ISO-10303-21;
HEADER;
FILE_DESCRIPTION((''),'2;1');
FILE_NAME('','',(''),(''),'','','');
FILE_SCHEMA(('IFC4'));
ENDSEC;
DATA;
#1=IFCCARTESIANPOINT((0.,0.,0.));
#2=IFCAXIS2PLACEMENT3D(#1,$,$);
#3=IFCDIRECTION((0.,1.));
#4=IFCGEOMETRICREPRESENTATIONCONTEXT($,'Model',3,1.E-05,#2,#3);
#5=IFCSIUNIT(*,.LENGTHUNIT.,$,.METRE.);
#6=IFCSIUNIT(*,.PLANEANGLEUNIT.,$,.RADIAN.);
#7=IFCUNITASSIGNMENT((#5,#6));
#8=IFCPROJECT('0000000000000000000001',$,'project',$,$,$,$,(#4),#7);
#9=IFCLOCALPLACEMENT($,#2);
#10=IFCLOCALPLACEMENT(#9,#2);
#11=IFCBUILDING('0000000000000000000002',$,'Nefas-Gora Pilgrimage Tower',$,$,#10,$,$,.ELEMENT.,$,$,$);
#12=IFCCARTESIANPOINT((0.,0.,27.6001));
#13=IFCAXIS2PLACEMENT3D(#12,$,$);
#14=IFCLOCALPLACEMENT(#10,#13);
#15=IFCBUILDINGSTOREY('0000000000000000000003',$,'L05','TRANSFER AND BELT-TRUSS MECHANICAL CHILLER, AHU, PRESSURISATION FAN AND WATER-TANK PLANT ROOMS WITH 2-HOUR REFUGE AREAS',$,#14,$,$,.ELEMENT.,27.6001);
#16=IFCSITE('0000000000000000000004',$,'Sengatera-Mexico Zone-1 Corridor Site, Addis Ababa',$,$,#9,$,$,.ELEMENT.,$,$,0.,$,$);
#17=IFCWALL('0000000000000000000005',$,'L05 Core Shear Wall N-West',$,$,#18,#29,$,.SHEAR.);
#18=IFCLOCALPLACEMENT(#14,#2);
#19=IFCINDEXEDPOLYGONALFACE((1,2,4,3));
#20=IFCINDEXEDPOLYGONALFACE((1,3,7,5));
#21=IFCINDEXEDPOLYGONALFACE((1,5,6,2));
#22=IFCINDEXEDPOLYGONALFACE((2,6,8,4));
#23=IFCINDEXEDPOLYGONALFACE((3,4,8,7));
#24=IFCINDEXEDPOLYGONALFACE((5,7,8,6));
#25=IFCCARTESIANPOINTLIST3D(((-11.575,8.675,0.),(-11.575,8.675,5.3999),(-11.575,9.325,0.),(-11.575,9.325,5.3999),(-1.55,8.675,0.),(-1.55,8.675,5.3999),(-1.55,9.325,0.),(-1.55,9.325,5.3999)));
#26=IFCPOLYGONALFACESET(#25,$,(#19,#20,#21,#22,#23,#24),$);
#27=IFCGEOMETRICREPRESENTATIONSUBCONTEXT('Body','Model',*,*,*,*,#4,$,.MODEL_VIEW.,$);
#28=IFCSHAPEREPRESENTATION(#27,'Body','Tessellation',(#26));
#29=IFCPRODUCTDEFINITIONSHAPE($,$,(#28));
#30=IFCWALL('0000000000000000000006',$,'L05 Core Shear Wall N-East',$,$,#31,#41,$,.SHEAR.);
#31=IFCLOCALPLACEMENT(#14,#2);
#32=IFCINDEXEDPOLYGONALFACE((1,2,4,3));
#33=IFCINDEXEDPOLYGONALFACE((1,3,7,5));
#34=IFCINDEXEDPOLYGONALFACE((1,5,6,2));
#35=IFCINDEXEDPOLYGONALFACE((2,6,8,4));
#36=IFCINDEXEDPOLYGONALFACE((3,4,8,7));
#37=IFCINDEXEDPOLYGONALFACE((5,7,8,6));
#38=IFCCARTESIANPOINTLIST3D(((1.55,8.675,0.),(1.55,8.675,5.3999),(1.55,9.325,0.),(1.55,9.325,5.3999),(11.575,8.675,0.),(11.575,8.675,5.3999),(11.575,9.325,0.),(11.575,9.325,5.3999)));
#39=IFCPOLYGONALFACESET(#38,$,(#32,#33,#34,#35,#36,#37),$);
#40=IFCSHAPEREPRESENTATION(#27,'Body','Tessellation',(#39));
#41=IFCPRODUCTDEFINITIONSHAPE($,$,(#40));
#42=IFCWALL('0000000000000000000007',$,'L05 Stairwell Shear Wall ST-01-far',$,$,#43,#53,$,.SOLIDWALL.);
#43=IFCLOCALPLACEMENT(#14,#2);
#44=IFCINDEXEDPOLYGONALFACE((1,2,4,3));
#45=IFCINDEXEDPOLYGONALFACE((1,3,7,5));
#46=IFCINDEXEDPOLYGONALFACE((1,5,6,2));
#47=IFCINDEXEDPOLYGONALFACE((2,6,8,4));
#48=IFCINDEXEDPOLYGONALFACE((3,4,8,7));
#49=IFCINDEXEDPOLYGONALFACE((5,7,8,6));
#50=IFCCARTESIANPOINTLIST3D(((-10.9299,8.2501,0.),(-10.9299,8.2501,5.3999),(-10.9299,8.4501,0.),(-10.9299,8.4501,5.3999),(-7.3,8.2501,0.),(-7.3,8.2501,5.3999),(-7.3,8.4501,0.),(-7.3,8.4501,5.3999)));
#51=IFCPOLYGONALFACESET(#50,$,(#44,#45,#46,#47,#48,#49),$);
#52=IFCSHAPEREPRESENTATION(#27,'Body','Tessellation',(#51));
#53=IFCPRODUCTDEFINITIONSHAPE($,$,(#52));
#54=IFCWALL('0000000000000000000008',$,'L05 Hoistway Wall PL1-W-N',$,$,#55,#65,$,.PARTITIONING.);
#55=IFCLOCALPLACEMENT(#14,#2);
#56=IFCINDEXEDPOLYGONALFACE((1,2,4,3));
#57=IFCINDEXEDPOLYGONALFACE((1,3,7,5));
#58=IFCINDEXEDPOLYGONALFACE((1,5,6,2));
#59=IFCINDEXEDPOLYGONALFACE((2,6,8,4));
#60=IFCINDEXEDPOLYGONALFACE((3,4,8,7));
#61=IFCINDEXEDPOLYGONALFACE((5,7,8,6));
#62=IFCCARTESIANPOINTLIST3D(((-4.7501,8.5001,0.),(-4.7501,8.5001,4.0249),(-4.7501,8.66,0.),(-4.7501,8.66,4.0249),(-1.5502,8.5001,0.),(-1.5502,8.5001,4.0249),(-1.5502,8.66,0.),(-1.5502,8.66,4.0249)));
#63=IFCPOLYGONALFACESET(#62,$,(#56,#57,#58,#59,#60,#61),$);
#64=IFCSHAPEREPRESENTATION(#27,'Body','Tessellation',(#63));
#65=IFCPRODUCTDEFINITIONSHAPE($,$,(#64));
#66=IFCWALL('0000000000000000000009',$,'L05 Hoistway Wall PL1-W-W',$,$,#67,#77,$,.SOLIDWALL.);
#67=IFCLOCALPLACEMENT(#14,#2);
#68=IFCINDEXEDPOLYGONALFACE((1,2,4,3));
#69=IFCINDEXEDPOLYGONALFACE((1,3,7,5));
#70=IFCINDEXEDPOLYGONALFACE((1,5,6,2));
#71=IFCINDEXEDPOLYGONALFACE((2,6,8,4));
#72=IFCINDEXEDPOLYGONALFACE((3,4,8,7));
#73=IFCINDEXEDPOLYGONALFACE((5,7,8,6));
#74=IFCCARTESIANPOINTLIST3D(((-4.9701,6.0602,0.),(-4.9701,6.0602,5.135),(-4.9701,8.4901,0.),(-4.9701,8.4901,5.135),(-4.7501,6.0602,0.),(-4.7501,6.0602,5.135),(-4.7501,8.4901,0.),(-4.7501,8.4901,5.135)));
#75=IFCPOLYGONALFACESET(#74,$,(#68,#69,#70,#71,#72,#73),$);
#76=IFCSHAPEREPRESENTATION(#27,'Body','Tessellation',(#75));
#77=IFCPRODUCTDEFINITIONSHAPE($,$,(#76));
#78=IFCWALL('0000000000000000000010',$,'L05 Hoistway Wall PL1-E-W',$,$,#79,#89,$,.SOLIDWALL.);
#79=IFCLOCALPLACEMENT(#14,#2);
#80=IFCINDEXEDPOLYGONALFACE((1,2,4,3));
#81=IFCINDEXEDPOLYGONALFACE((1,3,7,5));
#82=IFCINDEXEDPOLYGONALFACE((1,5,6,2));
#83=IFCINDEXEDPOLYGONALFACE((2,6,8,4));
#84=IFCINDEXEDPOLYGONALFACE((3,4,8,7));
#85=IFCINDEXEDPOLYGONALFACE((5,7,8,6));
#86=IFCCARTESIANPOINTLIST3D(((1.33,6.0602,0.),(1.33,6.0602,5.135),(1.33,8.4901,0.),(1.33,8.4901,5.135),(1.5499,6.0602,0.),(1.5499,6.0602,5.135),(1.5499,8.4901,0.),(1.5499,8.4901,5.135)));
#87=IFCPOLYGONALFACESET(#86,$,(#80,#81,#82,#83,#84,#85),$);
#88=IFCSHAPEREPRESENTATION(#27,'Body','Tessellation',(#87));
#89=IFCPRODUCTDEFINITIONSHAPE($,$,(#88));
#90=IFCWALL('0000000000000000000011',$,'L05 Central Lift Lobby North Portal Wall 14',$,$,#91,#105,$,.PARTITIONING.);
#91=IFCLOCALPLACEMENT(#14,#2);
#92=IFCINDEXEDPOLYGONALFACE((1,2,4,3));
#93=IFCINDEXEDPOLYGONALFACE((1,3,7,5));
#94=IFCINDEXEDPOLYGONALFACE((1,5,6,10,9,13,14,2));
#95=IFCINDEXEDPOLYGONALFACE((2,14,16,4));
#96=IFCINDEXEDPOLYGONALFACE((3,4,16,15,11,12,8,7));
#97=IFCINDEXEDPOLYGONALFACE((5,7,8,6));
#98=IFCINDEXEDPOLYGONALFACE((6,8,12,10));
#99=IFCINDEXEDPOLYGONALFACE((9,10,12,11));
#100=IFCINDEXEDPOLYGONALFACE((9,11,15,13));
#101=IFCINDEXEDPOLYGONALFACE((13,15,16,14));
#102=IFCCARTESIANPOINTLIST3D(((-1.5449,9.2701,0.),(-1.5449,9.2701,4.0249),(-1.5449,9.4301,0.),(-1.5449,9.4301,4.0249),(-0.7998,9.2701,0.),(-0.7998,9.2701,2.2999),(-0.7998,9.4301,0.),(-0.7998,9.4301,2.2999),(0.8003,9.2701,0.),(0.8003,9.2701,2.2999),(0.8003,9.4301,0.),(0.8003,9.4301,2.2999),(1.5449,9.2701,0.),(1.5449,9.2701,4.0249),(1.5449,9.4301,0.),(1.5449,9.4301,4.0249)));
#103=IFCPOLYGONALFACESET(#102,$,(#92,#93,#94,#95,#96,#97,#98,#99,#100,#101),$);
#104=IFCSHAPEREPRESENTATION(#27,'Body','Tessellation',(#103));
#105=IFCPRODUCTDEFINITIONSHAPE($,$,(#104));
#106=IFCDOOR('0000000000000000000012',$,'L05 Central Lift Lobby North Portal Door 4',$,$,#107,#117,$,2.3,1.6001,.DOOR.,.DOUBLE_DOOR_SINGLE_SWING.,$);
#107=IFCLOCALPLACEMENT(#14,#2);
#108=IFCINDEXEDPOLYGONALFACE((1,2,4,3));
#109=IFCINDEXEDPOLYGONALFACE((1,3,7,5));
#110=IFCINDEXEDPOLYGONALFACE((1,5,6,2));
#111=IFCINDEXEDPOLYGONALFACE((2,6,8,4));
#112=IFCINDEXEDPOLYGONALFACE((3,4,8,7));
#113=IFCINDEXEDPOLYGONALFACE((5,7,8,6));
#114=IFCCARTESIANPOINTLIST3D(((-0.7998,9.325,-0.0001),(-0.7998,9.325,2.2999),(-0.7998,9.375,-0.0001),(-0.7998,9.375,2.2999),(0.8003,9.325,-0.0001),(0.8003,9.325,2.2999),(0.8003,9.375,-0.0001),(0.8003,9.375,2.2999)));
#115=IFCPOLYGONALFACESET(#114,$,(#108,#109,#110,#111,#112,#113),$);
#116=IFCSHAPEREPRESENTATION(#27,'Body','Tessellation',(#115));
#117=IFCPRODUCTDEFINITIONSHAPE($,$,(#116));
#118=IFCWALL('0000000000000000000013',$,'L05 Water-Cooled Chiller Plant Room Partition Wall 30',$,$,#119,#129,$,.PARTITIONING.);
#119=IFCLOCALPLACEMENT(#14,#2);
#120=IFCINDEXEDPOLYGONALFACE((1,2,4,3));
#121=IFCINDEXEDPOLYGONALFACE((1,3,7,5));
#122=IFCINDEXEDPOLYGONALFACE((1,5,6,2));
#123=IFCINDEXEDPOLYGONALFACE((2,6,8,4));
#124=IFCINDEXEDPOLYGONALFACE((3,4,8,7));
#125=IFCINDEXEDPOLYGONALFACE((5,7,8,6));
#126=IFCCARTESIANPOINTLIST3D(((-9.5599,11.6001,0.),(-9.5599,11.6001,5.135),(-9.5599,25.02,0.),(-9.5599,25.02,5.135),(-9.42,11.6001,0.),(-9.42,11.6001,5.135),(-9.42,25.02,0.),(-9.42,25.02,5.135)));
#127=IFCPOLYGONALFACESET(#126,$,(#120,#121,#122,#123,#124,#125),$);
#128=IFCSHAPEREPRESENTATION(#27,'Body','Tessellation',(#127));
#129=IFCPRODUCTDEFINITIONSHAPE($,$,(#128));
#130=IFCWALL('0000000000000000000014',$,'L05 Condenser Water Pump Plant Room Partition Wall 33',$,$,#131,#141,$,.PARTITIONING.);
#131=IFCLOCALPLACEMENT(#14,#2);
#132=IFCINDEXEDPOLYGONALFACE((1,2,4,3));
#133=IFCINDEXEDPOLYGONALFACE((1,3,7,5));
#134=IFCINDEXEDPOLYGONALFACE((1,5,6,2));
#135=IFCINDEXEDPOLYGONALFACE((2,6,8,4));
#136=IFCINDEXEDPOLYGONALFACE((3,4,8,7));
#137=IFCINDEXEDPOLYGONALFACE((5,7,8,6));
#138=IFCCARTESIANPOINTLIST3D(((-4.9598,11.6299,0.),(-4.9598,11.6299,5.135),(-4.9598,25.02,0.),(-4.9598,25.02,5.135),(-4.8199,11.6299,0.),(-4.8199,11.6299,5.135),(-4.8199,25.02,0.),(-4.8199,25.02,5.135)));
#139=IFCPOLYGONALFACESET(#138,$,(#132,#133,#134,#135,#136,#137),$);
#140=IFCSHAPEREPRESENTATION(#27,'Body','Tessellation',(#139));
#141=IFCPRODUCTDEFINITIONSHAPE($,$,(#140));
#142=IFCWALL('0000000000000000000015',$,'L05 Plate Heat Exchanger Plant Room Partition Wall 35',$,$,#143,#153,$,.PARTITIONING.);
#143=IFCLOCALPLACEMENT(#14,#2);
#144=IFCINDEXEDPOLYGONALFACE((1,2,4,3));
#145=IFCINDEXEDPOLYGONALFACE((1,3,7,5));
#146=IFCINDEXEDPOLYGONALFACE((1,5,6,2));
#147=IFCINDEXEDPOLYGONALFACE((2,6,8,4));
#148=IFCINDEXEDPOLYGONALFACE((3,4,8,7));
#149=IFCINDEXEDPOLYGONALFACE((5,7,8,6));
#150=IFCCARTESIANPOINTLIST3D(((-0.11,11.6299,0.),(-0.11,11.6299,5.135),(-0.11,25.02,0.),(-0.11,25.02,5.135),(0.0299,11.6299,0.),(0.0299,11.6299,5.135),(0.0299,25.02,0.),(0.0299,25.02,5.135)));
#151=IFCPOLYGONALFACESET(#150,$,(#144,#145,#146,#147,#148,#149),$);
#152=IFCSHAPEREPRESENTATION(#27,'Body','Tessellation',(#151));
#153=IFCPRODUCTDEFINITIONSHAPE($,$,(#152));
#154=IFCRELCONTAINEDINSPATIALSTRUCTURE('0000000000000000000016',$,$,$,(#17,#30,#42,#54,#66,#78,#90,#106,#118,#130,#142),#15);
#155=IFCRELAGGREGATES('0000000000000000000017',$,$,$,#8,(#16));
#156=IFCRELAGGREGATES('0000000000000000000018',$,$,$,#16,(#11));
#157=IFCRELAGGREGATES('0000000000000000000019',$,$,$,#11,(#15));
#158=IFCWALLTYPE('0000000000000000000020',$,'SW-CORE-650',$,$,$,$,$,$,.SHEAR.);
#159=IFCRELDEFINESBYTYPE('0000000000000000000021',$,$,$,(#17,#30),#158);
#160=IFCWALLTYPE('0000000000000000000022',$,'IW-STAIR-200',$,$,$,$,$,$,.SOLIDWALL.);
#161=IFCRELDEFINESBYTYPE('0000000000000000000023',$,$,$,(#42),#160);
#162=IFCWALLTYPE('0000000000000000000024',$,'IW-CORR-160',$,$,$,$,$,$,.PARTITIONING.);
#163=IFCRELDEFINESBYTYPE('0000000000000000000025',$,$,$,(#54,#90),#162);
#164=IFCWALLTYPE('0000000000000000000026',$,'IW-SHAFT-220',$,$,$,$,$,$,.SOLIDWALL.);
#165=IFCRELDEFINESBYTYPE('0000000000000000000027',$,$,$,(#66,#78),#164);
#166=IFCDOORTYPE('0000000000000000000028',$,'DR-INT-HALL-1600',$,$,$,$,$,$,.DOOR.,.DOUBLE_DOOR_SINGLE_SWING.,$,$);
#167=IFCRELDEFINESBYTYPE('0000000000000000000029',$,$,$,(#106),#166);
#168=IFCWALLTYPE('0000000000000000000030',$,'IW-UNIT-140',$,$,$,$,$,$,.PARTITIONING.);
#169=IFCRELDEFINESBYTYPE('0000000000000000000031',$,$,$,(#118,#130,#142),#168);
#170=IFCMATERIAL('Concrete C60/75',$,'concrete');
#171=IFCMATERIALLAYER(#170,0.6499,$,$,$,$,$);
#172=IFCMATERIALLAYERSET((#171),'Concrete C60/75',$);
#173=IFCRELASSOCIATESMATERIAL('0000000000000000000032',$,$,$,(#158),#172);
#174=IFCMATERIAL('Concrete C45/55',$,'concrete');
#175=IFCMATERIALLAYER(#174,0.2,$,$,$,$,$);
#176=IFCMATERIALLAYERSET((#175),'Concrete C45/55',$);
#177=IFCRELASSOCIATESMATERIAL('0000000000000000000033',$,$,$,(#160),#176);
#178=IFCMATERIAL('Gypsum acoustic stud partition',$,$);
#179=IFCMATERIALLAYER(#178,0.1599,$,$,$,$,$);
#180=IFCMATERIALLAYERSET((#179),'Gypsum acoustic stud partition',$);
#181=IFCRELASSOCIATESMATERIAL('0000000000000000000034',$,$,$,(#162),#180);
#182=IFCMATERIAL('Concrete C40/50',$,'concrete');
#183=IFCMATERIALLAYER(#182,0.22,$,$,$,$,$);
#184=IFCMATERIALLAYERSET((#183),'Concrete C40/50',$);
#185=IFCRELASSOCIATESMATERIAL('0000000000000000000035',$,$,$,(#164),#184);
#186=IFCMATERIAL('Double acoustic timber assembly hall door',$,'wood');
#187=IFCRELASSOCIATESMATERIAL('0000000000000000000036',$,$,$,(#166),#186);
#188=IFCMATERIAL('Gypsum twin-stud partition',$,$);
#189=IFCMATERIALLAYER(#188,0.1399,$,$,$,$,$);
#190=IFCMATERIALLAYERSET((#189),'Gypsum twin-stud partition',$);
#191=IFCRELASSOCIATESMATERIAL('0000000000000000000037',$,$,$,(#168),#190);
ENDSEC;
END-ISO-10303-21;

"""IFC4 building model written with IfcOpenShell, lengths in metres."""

from ifc_helpers import new_model, si_unit, direction, frame, frame_2d, origin, place, context, subcontext, project, spatial, rectangle, extrude, source, transform, mapped, material, layer, layer_set, type_object, element, fill, save


model = new_model("IFC4")

# Units and contexts
model_context = context("Model", 3, precision=1e-05, world=origin(), true_north=direction((0.0, 1.0)))
body_context = subcontext(model_context, "Body", "Model", "MODEL_VIEW")
ifc_project = project(units=[si_unit("LENGTHUNIT", "METRE"), si_unit("PLANEANGLEUNIT", "RADIAN")], contexts=[model_context])

# Site, building, storey
site_placement = place(None, origin())
site = spatial("IfcSite", under=ifc_project, at=site_placement, Name="Sengatera-Mexico Zone-1 Corridor Site, Addis Ababa", CompositionType="ELEMENT", RefElevation=0.0)
building_placement = place(site_placement, origin())
building = spatial("IfcBuilding", under=site, at=building_placement, Name="Nefas-Gora Pilgrimage Tower", CompositionType="ELEMENT")
storey_placement = place(building_placement, frame((0.0, 0.0, 27.6001)))
storey = spatial("IfcBuildingStorey", under=building, at=storey_placement, Name="L05", Description="TRANSFER AND BELT-TRUSS MECHANICAL CHILLER, AHU, PRESSURISATION FAN AND WATER-TANK PLANT ROOMS WITH 2-HOUR REFUGE AREAS", CompositionType="ELEMENT", Elevation=27.6001)

# Shared definitions
ifc_material_1 = material(Name="Concrete C60/75", Category="concrete")

# Walls
ifc_layer_1 = layer(ifc_material_1, 0.6499)
ifc_layer_set_1 = layer_set([ifc_layer_1], Name="Concrete C60/75")
wall_type_1 = type_object("IfcWallType", Name="SW-CORE-650", PredefinedType="SHEAR", material=ifc_layer_set_1)
shared_shape_1 = source(origin(), body_context, "Body", "SweptSolid", [
    extrude(rectangle(XDim=10.0249, YDim=0.6499, at=frame_2d((5.0125, 0.0))), origin(), (0.0, 0.0, 1.0), 5.3999),
])
for number, where, z_axis, x_axis, name in (
    (1, (-11.575, 9.0, 0.0), (0.0, 0.0, 1.0), (1.0, 0.0, 0.0), "L05 Core Shear Wall N-West"),
    (2, (1.55, 9.0, 0.0), (0.0, 0.0, 1.0), (1.0, 0.0, 0.0), "L05 Core Shear Wall N-East"),
):
    element("IfcWall", number, at=place(storey_placement, frame(where, z_axis=z_axis, x_axis=x_axis)), inside=storey, type_object=wall_type_1, Name=name, PredefinedType="SHEAR", context=body_context, shape_type="MappedRepresentation", body=[
        mapped(shared_shape_1, transform((0.0, 0.0, 0.0), x_axis=(1.0, 0.0, 0.0), y_axis=(0.0, 1.0, 0.0), z_axis=(0.0, 0.0, 1.0), scale=1.0)),
    ])
ifc_material_2 = material(Name="Concrete C45/55", Category="concrete")
ifc_layer_2 = layer(ifc_material_2, 0.2)
ifc_layer_set_2 = layer_set([ifc_layer_2], Name="Concrete C45/55")
wall_type_2 = type_object("IfcWallType", Name="IW-STAIR-200", PredefinedType="SOLIDWALL", material=ifc_layer_set_2)
shared_shape_2 = source(origin(), body_context, "Body", "SweptSolid", [
    extrude(rectangle(XDim=3.6299, YDim=0.2, at=frame_2d((1.8149, 0.0))), origin(), (0.0, 0.0, 1.0), 5.3999),
])
wall_1_placement = place(storey_placement, frame((-7.3, 8.3501, 0.0), z_axis=(0.0, 0.0, 1.0), x_axis=(-1.0, 0.0, 0.0)))
element("IfcWall", 3, at=wall_1_placement, inside=storey, type_object=wall_type_2, Name="L05 Stairwell Shear Wall ST-01-far", PredefinedType="SOLIDWALL", context=body_context, shape_type="MappedRepresentation", body=[
    mapped(shared_shape_2, transform((0.0, 0.0, 0.0), x_axis=(1.0, 0.0, 0.0), y_axis=(0.0, 1.0, 0.0), z_axis=(0.0, 0.0, 1.0), scale=1.0)),
])
ifc_material_3 = material(Name="Gypsum acoustic stud partition")
ifc_layer_3 = layer(ifc_material_3, 0.1599)
ifc_layer_set_3 = layer_set([ifc_layer_3], Name="Gypsum acoustic stud partition")
wall_type_3 = type_object("IfcWallType", Name="IW-CORR-160", PredefinedType="PARTITIONING", material=ifc_layer_set_3)
shared_shape_3 = source(origin(), body_context, "Body", "SweptSolid", [
    extrude(rectangle(XDim=3.2, YDim=0.1599, at=frame_2d((1.6001, 0.0))), origin(), (0.0, 0.0, 1.0), 4.0249),
])
wall_2_placement = place(storey_placement, frame((-1.55, 8.5801, 0.0), z_axis=(0.0, 0.0, 1.0), x_axis=(-1.0, 0.0, 0.0)))
element("IfcWall", 4, at=wall_2_placement, inside=storey, type_object=wall_type_3, Name="L05 Hoistway Wall PL1-W-N", PredefinedType="PARTITIONING", context=body_context, shape_type="MappedRepresentation", body=[
    mapped(shared_shape_3, transform((0.0, 0.0, 0.0), x_axis=(1.0, 0.0, 0.0), y_axis=(0.0, 1.0, 0.0), z_axis=(0.0, 0.0, 1.0), scale=1.0)),
])
ifc_material_4 = material(Name="Concrete C40/50", Category="concrete")
ifc_layer_4 = layer(ifc_material_4, 0.22)
ifc_layer_set_4 = layer_set([ifc_layer_4], Name="Concrete C40/50")
wall_type_4 = type_object("IfcWallType", Name="IW-SHAFT-220", PredefinedType="SOLIDWALL", material=ifc_layer_set_4)
shared_shape_4 = source(origin(), body_context, "Body", "SweptSolid", [
    extrude(rectangle(XDim=2.4299, YDim=0.22, at=frame_2d((1.2148, 0.0))), origin(), (0.0, 0.0, 1.0), 5.135),
])
for number, where, z_axis, x_axis, name in (
    (5, (-4.8601, 8.49, 0.0), (0.0, 0.0, 1.0), (0.0, -1.0, 0.0), "L05 Hoistway Wall PL1-W-W"),
    (6, (1.4399, 8.49, 0.0), (0.0, 0.0, 1.0), (0.0, -1.0, 0.0), "L05 Hoistway Wall PL1-E-W"),
):
    element("IfcWall", number, at=place(storey_placement, frame(where, z_axis=z_axis, x_axis=x_axis)), inside=storey, type_object=wall_type_4, Name=name, PredefinedType="SOLIDWALL", context=body_context, shape_type="MappedRepresentation", body=[
        mapped(shared_shape_4, transform((0.0, 0.0, 0.0), x_axis=(1.0, 0.0, 0.0), y_axis=(0.0, 1.0, 0.0), z_axis=(0.0, 0.0, 1.0), scale=1.0)),
    ])

# Wall, opening, door
shared_shape_5 = source(origin(), body_context, "Body", "SweptSolid", [
    extrude(rectangle(XDim=3.0898, YDim=0.1599, at=frame_2d((1.5449, 0.0))), origin(), (0.0, 0.0, 1.0), 4.0249),
])
wall_3_placement = place(storey_placement, frame((-1.5449, 9.3501, 0.0), z_axis=(0.0, 0.0, 1.0), x_axis=(1.0, 0.0, 0.0)))
wall_3 = element("IfcWall", 7, at=wall_3_placement, inside=storey, type_object=wall_type_3, Name="L05 Central Lift Lobby North Portal Wall 14", PredefinedType="PARTITIONING", context=body_context, shape_type="MappedRepresentation", body=[
    mapped(shared_shape_5, transform((0.0, 0.0, 0.0), x_axis=(1.0, 0.0, 0.0), y_axis=(0.0, 1.0, 0.0), z_axis=(0.0, 0.0, 1.0), scale=1.0)),
])
opening_1_placement = place(wall_3_placement, frame((0.7451, 0.0, 0.0)))
opening_1 = element("IfcOpeningElement", 8, at=opening_1_placement, cuts=wall_3, PredefinedType="OPENING", context=body_context, shape_type="SweptSolid", body=[
    extrude(rectangle(XDim=1.6001, YDim=2.3, at=frame_2d((0.8, 1.1499))), frame((0.0, 0.0898, 0.0), z_axis=(0.0, -1.0, 0.0), x_axis=(1.0, 0.0, 0.0)), (0.0, 0.0, 1.0), 0.1799),
])
ifc_material_5 = material(Name="Double acoustic timber assembly hall door", Category="wood")
door_type_1 = type_object("IfcDoorType", Name="DR-INT-HALL-1600", OperationType="DOUBLE_DOOR_SINGLE_SWING", PredefinedType="DOOR", material=ifc_material_5)
shared_shape_6 = source(origin(), body_context, "Body", "SweptSolid", [
    extrude(rectangle(XDim=1.6001, YDim=2.3, at=frame_2d((0.8, 1.1499))), frame((0.0, 0.0249, 0.0), z_axis=(0.0, -1.0, 0.0), x_axis=(1.0, 0.0, 0.0)), (0.0, 0.0, 1.0), 0.05),
])
door_1_placement = place(opening_1_placement, origin())
door_1 = element("IfcDoor", 9, at=door_1_placement, inside=storey, type_object=door_type_1, Name="L05 Central Lift Lobby North Portal Door 4", OperationType="DOUBLE_DOOR_SINGLE_SWING", OverallHeight=2.3, OverallWidth=1.6001, PredefinedType="DOOR", context=body_context, shape_type="MappedRepresentation", body=[
    mapped(shared_shape_6, transform((0.0, 0.0, 0.0), x_axis=(1.0, 0.0, 0.0), y_axis=(0.0, 1.0, 0.0), z_axis=(0.0, 0.0, 1.0), scale=1.0)),
])
fill(opening_1, door_1)

# Wall
ifc_material_6 = material(Name="Gypsum twin-stud partition")
ifc_layer_5 = layer(ifc_material_6, 0.1399)
ifc_layer_set_5 = layer_set([ifc_layer_5], Name="Gypsum twin-stud partition")
wall_type_5 = type_object("IfcWallType", Name="IW-UNIT-140", PredefinedType="PARTITIONING", material=ifc_layer_set_5)
shared_shape_7 = source(origin(), body_context, "Body", "SweptSolid", [
    extrude(rectangle(XDim=13.4199, YDim=0.1399, at=frame_2d((6.71, 0.0))), origin(), (0.0, 0.0, 1.0), 5.135),
])
wall_4_placement = place(storey_placement, frame((-9.49, 11.6001, 0.0), z_axis=(0.0, 0.0, 1.0), x_axis=(0.0, 1.0, 0.0)))
element("IfcWall", 10, at=wall_4_placement, inside=storey, type_object=wall_type_5, Name="L05 Water-Cooled Chiller Plant Room Partition Wall 30", PredefinedType="PARTITIONING", context=body_context, shape_type="MappedRepresentation", body=[
    mapped(shared_shape_7, transform((0.0, 0.0, 0.0), x_axis=(1.0, 0.0, 0.0), y_axis=(0.0, 1.0, 0.0), z_axis=(0.0, 0.0, 1.0), scale=1.0)),
])

# Walls
shared_shape_8 = source(origin(), body_context, "Body", "SweptSolid", [
    extrude(rectangle(XDim=13.3901, YDim=0.1399, at=frame_2d((6.6951, 0.0))), origin(), (0.0, 0.0, 1.0), 5.135),
])
for number, where, z_axis, x_axis, name in (
    (11, (-4.8899, 11.6299, 0.0), (0.0, 0.0, 1.0), (0.0, 1.0, 0.0), "L05 Condenser Water Pump Plant Room Partition Wall 33"),
    (12, (-0.04, 11.6299, 0.0), (0.0, 0.0, 1.0), (0.0, 1.0, 0.0), "L05 Plate Heat Exchanger Plant Room Partition Wall 35"),
):
    element("IfcWall", number, at=place(storey_placement, frame(where, z_axis=z_axis, x_axis=x_axis)), inside=storey, type_object=wall_type_5, Name=name, PredefinedType="PARTITIONING", context=body_context, shape_type="MappedRepresentation", body=[
        mapped(shared_shape_8, transform((0.0, 0.0, 0.0), x_axis=(1.0, 0.0, 0.0), y_axis=(0.0, 1.0, 0.0), z_axis=(0.0, 0.0, 1.0), scale=1.0)),
    ])

save(model, "model.ifc")
